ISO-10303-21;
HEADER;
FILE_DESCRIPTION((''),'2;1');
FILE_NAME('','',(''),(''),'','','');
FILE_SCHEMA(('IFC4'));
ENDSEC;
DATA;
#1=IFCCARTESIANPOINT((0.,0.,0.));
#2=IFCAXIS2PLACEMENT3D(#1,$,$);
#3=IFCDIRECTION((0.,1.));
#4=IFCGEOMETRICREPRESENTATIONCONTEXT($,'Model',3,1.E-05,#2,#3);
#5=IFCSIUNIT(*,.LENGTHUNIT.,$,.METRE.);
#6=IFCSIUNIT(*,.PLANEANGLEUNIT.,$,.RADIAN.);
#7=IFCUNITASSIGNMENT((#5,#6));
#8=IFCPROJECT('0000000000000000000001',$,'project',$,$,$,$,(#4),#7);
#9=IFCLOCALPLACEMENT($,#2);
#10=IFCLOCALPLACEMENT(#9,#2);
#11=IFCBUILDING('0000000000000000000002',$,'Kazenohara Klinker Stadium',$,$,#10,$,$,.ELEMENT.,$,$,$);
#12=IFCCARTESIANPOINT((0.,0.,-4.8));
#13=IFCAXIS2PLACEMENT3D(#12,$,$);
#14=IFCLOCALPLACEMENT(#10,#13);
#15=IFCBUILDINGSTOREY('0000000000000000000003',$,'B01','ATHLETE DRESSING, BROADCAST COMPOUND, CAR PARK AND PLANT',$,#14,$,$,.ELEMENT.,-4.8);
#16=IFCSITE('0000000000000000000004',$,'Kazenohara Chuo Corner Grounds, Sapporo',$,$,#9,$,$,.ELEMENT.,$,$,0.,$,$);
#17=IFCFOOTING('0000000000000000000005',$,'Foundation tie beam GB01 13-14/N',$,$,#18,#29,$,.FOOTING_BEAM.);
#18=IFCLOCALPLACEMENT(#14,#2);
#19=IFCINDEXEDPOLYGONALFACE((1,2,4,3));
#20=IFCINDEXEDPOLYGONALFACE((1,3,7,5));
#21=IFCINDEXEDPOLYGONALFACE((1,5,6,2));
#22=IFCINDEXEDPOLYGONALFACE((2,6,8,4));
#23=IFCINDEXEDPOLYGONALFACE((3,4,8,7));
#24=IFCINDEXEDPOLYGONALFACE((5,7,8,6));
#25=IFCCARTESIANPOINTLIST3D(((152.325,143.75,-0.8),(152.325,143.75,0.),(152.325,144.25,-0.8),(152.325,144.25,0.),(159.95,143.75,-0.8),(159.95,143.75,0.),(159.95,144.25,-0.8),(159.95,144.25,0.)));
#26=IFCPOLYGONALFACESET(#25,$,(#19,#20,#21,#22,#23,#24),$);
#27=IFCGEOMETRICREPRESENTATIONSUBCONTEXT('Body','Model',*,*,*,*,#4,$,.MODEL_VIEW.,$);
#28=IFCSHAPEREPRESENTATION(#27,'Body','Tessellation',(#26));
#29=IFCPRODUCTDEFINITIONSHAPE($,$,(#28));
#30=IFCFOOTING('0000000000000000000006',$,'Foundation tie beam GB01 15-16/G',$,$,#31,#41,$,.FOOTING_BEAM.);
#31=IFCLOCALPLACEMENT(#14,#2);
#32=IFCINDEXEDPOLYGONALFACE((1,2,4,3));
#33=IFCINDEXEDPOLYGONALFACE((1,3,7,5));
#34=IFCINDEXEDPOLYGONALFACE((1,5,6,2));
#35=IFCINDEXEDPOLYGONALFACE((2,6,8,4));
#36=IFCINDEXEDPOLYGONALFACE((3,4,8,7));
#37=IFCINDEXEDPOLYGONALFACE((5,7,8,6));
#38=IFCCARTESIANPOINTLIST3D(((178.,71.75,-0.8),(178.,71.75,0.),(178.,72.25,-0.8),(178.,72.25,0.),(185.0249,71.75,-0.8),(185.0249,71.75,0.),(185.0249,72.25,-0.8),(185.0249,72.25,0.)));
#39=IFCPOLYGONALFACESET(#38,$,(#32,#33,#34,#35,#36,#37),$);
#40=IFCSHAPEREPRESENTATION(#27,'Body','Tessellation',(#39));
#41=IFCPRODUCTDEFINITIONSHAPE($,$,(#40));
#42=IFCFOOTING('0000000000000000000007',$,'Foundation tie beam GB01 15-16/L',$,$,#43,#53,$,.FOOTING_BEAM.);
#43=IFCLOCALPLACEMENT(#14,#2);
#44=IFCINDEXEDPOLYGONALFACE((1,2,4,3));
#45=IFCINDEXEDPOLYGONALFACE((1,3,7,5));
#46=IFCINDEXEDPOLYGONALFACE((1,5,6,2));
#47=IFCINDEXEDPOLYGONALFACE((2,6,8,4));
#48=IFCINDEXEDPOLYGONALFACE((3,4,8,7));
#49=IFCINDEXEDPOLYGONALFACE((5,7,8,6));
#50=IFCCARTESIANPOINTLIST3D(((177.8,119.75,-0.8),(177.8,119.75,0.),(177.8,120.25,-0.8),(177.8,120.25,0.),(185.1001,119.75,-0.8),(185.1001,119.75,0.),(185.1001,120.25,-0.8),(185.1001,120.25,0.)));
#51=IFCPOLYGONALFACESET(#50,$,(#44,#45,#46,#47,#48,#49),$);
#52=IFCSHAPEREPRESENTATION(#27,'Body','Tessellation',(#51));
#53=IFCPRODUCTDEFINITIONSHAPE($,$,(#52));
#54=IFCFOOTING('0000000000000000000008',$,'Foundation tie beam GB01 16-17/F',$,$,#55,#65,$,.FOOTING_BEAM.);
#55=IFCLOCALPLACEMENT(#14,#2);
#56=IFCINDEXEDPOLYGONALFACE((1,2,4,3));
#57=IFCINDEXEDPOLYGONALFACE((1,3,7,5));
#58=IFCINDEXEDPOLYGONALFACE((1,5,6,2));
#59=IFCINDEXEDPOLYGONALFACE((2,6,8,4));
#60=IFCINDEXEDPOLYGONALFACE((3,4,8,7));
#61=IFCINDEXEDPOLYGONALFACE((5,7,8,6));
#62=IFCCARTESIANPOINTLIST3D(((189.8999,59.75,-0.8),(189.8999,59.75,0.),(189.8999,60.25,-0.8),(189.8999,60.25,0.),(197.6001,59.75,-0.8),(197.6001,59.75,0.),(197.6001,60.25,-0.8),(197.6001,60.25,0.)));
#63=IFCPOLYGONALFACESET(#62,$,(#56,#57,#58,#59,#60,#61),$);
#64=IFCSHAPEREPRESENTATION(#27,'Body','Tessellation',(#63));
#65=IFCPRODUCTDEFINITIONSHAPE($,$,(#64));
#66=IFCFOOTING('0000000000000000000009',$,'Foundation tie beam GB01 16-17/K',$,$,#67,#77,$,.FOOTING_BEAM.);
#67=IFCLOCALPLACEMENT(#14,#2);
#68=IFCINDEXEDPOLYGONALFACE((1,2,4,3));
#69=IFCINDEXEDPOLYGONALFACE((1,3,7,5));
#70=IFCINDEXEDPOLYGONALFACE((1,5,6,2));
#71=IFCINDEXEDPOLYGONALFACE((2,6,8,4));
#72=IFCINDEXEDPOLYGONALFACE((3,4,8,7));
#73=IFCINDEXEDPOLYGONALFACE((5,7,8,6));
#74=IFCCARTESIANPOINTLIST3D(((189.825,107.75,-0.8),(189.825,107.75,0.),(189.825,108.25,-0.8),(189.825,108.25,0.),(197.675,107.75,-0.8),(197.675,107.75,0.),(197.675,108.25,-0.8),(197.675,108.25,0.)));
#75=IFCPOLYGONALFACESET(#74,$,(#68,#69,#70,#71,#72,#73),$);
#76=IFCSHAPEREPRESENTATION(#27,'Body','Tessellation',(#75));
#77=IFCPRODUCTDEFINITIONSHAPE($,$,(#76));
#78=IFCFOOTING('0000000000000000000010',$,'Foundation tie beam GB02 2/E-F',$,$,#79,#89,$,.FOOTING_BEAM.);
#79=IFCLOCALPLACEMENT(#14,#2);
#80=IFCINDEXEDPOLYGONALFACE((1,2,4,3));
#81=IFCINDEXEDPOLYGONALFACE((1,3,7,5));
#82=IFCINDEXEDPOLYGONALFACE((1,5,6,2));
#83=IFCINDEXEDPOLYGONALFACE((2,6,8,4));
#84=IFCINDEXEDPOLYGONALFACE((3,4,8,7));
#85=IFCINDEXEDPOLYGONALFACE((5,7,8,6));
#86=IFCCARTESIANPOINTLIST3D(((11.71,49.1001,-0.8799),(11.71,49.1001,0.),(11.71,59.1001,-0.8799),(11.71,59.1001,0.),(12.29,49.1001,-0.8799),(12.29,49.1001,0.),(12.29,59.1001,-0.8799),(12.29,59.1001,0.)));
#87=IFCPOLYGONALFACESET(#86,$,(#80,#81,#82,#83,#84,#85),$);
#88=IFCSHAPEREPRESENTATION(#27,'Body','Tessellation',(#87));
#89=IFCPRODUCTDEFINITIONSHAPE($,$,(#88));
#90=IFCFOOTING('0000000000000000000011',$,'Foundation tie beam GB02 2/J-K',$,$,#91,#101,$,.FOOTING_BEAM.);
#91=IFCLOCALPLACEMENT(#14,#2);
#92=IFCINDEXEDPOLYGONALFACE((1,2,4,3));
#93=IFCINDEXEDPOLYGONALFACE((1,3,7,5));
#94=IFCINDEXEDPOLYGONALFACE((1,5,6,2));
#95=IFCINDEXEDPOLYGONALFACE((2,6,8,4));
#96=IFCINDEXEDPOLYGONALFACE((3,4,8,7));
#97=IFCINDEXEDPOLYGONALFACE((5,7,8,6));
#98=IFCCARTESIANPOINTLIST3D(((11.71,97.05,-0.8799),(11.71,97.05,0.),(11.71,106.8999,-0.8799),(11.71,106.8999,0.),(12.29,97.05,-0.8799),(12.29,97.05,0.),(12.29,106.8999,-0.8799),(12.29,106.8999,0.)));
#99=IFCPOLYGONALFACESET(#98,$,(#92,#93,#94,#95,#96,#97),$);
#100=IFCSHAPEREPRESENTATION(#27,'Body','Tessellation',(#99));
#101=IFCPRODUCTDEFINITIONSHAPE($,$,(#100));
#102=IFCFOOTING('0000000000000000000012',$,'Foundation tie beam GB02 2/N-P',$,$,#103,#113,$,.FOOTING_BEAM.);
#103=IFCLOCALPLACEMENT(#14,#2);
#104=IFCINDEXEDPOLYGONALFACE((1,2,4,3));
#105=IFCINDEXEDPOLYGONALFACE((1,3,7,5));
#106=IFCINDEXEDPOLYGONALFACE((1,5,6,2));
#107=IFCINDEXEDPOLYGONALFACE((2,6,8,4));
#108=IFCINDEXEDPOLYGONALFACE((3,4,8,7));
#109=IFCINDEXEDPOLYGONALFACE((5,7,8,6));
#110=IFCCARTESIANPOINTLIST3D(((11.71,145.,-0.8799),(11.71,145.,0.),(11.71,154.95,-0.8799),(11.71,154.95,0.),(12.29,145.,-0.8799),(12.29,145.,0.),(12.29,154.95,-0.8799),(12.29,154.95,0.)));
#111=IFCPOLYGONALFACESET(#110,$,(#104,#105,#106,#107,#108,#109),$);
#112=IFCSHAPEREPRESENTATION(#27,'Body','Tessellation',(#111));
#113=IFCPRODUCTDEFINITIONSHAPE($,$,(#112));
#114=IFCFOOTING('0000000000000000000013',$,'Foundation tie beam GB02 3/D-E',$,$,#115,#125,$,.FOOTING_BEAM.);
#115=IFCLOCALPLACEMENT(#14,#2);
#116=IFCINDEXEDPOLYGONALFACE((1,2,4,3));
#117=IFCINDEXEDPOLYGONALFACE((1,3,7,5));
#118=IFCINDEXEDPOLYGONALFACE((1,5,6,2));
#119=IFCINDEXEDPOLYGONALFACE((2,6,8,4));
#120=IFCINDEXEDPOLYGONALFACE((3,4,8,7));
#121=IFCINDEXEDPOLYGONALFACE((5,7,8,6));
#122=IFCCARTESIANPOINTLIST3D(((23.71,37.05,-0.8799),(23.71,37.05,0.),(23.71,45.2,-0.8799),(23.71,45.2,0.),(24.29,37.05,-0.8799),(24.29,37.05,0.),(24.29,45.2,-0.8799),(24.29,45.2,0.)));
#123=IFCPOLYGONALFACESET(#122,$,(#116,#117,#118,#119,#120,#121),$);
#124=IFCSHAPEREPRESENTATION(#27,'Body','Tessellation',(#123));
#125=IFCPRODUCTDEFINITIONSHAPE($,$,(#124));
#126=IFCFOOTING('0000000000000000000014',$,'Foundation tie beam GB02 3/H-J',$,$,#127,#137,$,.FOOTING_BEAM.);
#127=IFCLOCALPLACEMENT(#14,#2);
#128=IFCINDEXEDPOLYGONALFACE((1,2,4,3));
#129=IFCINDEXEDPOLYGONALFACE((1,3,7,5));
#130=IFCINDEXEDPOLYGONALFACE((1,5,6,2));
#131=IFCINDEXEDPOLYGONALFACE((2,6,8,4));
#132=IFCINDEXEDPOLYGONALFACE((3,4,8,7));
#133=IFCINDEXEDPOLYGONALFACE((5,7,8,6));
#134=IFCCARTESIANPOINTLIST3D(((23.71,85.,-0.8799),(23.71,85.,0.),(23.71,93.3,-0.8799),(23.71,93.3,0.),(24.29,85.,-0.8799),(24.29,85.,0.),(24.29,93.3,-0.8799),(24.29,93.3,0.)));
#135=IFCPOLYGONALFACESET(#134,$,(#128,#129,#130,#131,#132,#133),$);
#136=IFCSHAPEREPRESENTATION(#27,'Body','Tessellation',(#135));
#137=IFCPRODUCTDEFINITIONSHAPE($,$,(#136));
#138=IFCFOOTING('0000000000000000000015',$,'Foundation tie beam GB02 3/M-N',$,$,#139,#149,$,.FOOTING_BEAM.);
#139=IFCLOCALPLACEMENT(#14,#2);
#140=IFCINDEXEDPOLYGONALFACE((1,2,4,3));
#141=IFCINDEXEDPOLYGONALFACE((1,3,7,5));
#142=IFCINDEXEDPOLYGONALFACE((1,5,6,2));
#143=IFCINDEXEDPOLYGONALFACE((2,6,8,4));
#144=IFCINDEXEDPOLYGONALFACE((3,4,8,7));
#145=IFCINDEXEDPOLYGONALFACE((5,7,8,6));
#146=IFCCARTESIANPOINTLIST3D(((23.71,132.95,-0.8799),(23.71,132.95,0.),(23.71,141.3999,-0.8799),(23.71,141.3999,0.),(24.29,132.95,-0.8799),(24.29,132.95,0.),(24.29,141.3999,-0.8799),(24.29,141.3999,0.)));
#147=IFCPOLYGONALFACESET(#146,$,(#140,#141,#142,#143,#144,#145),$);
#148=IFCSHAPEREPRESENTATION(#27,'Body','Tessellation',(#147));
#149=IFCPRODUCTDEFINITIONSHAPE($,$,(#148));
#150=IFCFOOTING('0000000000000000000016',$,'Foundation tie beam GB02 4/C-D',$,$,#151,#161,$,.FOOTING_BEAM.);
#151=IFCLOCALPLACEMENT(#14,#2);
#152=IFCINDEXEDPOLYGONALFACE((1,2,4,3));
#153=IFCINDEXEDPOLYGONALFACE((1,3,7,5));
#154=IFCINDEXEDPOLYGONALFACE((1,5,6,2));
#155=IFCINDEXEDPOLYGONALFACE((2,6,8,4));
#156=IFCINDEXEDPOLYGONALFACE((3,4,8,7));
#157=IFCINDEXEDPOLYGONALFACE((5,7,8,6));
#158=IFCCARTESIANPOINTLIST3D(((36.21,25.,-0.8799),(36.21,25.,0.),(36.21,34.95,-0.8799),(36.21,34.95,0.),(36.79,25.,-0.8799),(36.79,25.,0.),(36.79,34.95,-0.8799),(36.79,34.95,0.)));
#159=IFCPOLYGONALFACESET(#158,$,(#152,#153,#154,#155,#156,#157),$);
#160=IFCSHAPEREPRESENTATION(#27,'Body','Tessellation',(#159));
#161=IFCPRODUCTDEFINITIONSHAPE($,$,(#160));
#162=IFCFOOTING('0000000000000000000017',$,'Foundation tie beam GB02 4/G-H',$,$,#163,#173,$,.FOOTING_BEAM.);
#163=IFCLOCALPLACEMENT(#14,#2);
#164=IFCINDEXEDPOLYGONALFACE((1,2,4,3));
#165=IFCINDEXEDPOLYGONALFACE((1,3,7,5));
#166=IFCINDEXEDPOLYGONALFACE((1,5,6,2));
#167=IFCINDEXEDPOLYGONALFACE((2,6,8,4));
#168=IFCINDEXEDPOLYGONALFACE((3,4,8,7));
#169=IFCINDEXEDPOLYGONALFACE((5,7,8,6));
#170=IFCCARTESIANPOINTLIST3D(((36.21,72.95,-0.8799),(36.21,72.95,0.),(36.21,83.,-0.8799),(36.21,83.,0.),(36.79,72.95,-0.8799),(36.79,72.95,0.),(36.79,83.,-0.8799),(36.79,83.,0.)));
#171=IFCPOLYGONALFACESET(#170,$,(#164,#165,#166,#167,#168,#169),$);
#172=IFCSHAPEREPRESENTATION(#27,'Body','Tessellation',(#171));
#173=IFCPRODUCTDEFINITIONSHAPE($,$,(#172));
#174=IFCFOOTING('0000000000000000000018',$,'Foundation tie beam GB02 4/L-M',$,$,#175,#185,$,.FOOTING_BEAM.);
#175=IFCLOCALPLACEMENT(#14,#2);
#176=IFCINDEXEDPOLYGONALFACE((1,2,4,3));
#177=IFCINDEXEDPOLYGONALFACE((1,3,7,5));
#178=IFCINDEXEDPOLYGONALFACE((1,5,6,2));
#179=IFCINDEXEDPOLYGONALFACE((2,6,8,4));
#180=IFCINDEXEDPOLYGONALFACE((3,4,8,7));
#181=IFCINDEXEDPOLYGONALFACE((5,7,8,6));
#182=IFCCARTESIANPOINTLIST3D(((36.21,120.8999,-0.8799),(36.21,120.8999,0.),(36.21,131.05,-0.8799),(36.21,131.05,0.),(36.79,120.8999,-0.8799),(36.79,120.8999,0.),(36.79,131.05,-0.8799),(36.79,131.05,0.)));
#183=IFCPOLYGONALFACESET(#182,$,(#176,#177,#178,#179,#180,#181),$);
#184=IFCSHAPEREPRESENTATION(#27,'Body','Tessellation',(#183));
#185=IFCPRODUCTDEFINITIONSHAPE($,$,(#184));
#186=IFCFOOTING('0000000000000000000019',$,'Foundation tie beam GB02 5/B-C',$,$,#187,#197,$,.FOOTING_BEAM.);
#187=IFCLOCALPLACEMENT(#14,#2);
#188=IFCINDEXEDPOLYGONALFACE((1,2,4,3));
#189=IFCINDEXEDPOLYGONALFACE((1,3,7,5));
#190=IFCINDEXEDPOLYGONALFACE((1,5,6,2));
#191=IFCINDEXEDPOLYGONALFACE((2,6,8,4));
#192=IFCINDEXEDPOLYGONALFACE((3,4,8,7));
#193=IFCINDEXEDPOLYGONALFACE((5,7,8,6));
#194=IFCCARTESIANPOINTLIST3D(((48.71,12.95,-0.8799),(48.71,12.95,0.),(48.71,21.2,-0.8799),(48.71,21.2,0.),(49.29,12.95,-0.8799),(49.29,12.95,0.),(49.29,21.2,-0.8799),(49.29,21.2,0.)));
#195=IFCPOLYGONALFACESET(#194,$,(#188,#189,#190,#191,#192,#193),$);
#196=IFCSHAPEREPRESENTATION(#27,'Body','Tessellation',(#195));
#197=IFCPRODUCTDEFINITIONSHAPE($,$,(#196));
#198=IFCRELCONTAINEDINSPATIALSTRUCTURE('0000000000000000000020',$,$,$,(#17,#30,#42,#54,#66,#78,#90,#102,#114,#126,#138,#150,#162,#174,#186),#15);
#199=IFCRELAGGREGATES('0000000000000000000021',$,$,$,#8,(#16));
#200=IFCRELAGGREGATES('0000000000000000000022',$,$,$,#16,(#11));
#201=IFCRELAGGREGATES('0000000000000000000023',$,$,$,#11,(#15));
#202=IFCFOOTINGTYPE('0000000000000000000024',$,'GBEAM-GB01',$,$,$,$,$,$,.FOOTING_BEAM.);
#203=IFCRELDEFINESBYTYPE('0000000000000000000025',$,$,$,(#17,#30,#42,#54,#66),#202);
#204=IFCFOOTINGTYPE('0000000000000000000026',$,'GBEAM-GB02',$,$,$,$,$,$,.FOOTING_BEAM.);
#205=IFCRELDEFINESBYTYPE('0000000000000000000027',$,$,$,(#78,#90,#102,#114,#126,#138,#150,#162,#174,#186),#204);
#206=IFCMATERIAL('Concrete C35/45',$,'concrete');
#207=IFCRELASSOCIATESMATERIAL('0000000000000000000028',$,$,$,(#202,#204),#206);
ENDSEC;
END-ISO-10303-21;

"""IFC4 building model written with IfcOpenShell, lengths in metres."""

from ifc_helpers import new_model, si_unit, direction, frame, origin, place, context, subcontext, project, spatial, polyline, outline, extrude, material, type_object, element, save


model = new_model("IFC4")

# Units and contexts
model_context = context("Model", 3, precision=1e-05, world=origin(), true_north=direction((0.0, 1.0)))
body_context = subcontext(model_context, "Body", "Model", "MODEL_VIEW")
ifc_project = project(units=[si_unit("LENGTHUNIT", "METRE"), si_unit("PLANEANGLEUNIT", "RADIAN")], contexts=[model_context])

# Site, building, storey
site_placement = place(None, origin())
site = spatial("IfcSite", under=ifc_project, at=site_placement, Name="Kazenohara Chuo Corner Grounds, Sapporo", CompositionType="ELEMENT", RefElevation=0.0)
building_placement = place(site_placement, origin())
building = spatial("IfcBuilding", under=site, at=building_placement, Name="Kazenohara Klinker Stadium", CompositionType="ELEMENT")
storey_placement = place(building_placement, frame((0.0, 0.0, -4.8)))
storey = spatial("IfcBuildingStorey", under=building, at=storey_placement, Name="B01", Description="ATHLETE DRESSING, BROADCAST COMPOUND, CAR PARK AND PLANT", CompositionType="ELEMENT", Elevation=-4.8)

# Footings
ifc_material = material(Name="Concrete C35/45", Category="concrete")
footing_type_1 = type_object("IfcFootingType", Name="GBEAM-GB01", PredefinedType="FOOTING_BEAM", material=ifc_material)
footing_1_placement = place(storey_placement, frame((0.0, 0.0, -0.8)))
element("IfcFooting", 1, at=footing_1_placement, inside=storey, type_object=footing_type_1, Name="Foundation tie beam GB01 13-14/N", PredefinedType="FOOTING_BEAM", context=body_context, shape_type="SweptSolid", body=[
    extrude(outline(polyline([(152.325, 143.75), (159.95, 143.75), (159.95, 144.25), (152.325, 144.25), (152.325, 143.75)])), origin(), (0.0, 0.0, 1.0), 0.8),
])
footing_2_placement = place(storey_placement, frame((0.0, 0.0, -0.8)))
element("IfcFooting", 2, at=footing_2_placement, inside=storey, type_object=footing_type_1, Name="Foundation tie beam GB01 15-16/G", PredefinedType="FOOTING_BEAM", context=body_context, shape_type="SweptSolid", body=[
    extrude(outline(polyline([(178.0, 71.75), (185.0249, 71.75), (185.0249, 72.25), (178.0, 72.25), (178.0, 71.75)])), origin(), (0.0, 0.0, 1.0), 0.8),
])
footing_3_placement = place(storey_placement, frame((0.0, 0.0, -0.8)))
element("IfcFooting", 3, at=footing_3_placement, inside=storey, type_object=footing_type_1, Name="Foundation tie beam GB01 15-16/L", PredefinedType="FOOTING_BEAM", context=body_context, shape_type="SweptSolid", body=[
    extrude(outline(polyline([(177.8, 119.75), (185.1001, 119.75), (185.1001, 120.25), (177.8, 120.25), (177.8, 119.75)])), origin(), (0.0, 0.0, 1.0), 0.8),
])
footing_4_placement = place(storey_placement, frame((0.0, 0.0, -0.8)))
element("IfcFooting", 4, at=footing_4_placement, inside=storey, type_object=footing_type_1, Name="Foundation tie beam GB01 16-17/F", PredefinedType="FOOTING_BEAM", context=body_context, shape_type="SweptSolid", body=[
    extrude(outline(polyline([(189.8999, 59.75), (197.6001, 59.75), (197.6001, 60.25), (189.8999, 60.25), (189.8999, 59.75)])), origin(), (0.0, 0.0, 1.0), 0.8),
])
footing_5_placement = place(storey_placement, frame((0.0, 0.0, -0.8)))
element("IfcFooting", 5, at=footing_5_placement, inside=storey, type_object=footing_type_1, Name="Foundation tie beam GB01 16-17/K", PredefinedType="FOOTING_BEAM", context=body_context, shape_type="SweptSolid", body=[
    extrude(outline(polyline([(189.825, 107.75), (197.675, 107.75), (197.675, 108.25), (189.825, 108.25), (189.825, 107.75)])), origin(), (0.0, 0.0, 1.0), 0.8),
])
footing_type_2 = type_object("IfcFootingType", Name="GBEAM-GB02", PredefinedType="FOOTING_BEAM", material=ifc_material)
footing_6_placement = place(storey_placement, frame((0.0, 0.0, -0.8799)))
element("IfcFooting", 6, at=footing_6_placement, inside=storey, type_object=footing_type_2, Name="Foundation tie beam GB02 2/E-F", PredefinedType="FOOTING_BEAM", context=body_context, shape_type="SweptSolid", body=[
    extrude(outline(polyline([(11.71, 49.1001), (12.29, 49.1001), (12.29, 59.1001), (11.71, 59.1001), (11.71, 49.1001)])), origin(), (0.0, 0.0, 1.0), 0.8799),
])
footing_7_placement = place(storey_placement, frame((0.0, 0.0, -0.8799)))
element("IfcFooting", 7, at=footing_7_placement, inside=storey, type_object=footing_type_2, Name="Foundation tie beam GB02 2/J-K", PredefinedType="FOOTING_BEAM", context=body_context, shape_type="SweptSolid", body=[
    extrude(outline(polyline([(11.71, 97.05), (12.29, 97.05), (12.29, 106.8999), (11.71, 106.8999), (11.71, 97.05)])), origin(), (0.0, 0.0, 1.0), 0.8799),
])
footing_8_placement = place(storey_placement, frame((0.0, 0.0, -0.8799)))
element("IfcFooting", 8, at=footing_8_placement, inside=storey, type_object=footing_type_2, Name="Foundation tie beam GB02 2/N-P", PredefinedType="FOOTING_BEAM", context=body_context, shape_type="SweptSolid", body=[
    extrude(outline(polyline([(11.71, 145.0), (12.29, 145.0), (12.29, 154.95), (11.71, 154.95), (11.71, 145.0)])), origin(), (0.0, 0.0, 1.0), 0.8799),
])
footing_9_placement = place(storey_placement, frame((0.0, 0.0, -0.8799)))
element("IfcFooting", 9, at=footing_9_placement, inside=storey, type_object=footing_type_2, Name="Foundation tie beam GB02 3/D-E", PredefinedType="FOOTING_BEAM", context=body_context, shape_type="SweptSolid", body=[
    extrude(outline(polyline([(23.71, 37.05), (24.29, 37.05), (24.29, 45.2), (23.71, 45.2), (23.71, 37.05)])), origin(), (0.0, 0.0, 1.0), 0.8799),
])
footing_10_placement = place(storey_placement, frame((0.0, 0.0, -0.8799)))
element("IfcFooting", 10, at=footing_10_placement, inside=storey, type_object=footing_type_2, Name="Foundation tie beam GB02 3/H-J", PredefinedType="FOOTING_BEAM", context=body_context, shape_type="SweptSolid", body=[
    extrude(outline(polyline([(23.71, 85.0), (24.29, 85.0), (24.29, 93.3), (23.71, 93.3), (23.71, 85.0)])), origin(), (0.0, 0.0, 1.0), 0.8799),
])
footing_11_placement = place(storey_placement, frame((0.0, 0.0, -0.8799)))
element("IfcFooting", 11, at=footing_11_placement, inside=storey, type_object=footing_type_2, Name="Foundation tie beam GB02 3/M-N", PredefinedType="FOOTING_BEAM", context=body_context, shape_type="SweptSolid", body=[
    extrude(outline(polyline([(23.71, 132.95), (24.29, 132.95), (24.29, 141.3999), (23.71, 141.3999), (23.71, 132.95)])), origin(), (0.0, 0.0, 1.0), 0.8799),
])
footing_12_placement = place(storey_placement, frame((0.0, 0.0, -0.8799)))
element("IfcFooting", 12, at=footing_12_placement, inside=storey, type_object=footing_type_2, Name="Foundation tie beam GB02 4/C-D", PredefinedType="FOOTING_BEAM", context=body_context, shape_type="SweptSolid", body=[
    extrude(outline(polyline([(36.21, 25.0), (36.79, 25.0), (36.79, 34.95), (36.21, 34.95), (36.21, 25.0)])), origin(), (0.0, 0.0, 1.0), 0.8799),
])
footing_13_placement = place(storey_placement, frame((0.0, 0.0, -0.8799)))
element("IfcFooting", 13, at=footing_13_placement, inside=storey, type_object=footing_type_2, Name="Foundation tie beam GB02 4/G-H", PredefinedType="FOOTING_BEAM", context=body_context, shape_type="SweptSolid", body=[
    extrude(outline(polyline([(36.21, 72.95), (36.79, 72.95), (36.79, 83.0), (36.21, 83.0), (36.21, 72.95)])), origin(), (0.0, 0.0, 1.0), 0.8799),
])
footing_14_placement = place(storey_placement, frame((0.0, 0.0, -0.8799)))
element("IfcFooting", 14, at=footing_14_placement, inside=storey, type_object=footing_type_2, Name="Foundation tie beam GB02 4/L-M", PredefinedType="FOOTING_BEAM", context=body_context, shape_type="SweptSolid", body=[
    extrude(outline(polyline([(36.21, 120.8999), (36.79, 120.8999), (36.79, 131.05), (36.21, 131.05), (36.21, 120.8999)])), origin(), (0.0, 0.0, 1.0), 0.8799),
])
footing_15_placement = place(storey_placement, frame((0.0, 0.0, -0.8799)))
element("IfcFooting", 15, at=footing_15_placement, inside=storey, type_object=footing_type_2, Name="Foundation tie beam GB02 5/B-C", PredefinedType="FOOTING_BEAM", context=body_context, shape_type="SweptSolid", body=[
    extrude(outline(polyline([(48.71, 12.95), (49.29, 12.95), (49.29, 21.2), (48.71, 21.2), (48.71, 12.95)])), origin(), (0.0, 0.0, 1.0), 0.8799),
])

save(model, "model.ifc")
